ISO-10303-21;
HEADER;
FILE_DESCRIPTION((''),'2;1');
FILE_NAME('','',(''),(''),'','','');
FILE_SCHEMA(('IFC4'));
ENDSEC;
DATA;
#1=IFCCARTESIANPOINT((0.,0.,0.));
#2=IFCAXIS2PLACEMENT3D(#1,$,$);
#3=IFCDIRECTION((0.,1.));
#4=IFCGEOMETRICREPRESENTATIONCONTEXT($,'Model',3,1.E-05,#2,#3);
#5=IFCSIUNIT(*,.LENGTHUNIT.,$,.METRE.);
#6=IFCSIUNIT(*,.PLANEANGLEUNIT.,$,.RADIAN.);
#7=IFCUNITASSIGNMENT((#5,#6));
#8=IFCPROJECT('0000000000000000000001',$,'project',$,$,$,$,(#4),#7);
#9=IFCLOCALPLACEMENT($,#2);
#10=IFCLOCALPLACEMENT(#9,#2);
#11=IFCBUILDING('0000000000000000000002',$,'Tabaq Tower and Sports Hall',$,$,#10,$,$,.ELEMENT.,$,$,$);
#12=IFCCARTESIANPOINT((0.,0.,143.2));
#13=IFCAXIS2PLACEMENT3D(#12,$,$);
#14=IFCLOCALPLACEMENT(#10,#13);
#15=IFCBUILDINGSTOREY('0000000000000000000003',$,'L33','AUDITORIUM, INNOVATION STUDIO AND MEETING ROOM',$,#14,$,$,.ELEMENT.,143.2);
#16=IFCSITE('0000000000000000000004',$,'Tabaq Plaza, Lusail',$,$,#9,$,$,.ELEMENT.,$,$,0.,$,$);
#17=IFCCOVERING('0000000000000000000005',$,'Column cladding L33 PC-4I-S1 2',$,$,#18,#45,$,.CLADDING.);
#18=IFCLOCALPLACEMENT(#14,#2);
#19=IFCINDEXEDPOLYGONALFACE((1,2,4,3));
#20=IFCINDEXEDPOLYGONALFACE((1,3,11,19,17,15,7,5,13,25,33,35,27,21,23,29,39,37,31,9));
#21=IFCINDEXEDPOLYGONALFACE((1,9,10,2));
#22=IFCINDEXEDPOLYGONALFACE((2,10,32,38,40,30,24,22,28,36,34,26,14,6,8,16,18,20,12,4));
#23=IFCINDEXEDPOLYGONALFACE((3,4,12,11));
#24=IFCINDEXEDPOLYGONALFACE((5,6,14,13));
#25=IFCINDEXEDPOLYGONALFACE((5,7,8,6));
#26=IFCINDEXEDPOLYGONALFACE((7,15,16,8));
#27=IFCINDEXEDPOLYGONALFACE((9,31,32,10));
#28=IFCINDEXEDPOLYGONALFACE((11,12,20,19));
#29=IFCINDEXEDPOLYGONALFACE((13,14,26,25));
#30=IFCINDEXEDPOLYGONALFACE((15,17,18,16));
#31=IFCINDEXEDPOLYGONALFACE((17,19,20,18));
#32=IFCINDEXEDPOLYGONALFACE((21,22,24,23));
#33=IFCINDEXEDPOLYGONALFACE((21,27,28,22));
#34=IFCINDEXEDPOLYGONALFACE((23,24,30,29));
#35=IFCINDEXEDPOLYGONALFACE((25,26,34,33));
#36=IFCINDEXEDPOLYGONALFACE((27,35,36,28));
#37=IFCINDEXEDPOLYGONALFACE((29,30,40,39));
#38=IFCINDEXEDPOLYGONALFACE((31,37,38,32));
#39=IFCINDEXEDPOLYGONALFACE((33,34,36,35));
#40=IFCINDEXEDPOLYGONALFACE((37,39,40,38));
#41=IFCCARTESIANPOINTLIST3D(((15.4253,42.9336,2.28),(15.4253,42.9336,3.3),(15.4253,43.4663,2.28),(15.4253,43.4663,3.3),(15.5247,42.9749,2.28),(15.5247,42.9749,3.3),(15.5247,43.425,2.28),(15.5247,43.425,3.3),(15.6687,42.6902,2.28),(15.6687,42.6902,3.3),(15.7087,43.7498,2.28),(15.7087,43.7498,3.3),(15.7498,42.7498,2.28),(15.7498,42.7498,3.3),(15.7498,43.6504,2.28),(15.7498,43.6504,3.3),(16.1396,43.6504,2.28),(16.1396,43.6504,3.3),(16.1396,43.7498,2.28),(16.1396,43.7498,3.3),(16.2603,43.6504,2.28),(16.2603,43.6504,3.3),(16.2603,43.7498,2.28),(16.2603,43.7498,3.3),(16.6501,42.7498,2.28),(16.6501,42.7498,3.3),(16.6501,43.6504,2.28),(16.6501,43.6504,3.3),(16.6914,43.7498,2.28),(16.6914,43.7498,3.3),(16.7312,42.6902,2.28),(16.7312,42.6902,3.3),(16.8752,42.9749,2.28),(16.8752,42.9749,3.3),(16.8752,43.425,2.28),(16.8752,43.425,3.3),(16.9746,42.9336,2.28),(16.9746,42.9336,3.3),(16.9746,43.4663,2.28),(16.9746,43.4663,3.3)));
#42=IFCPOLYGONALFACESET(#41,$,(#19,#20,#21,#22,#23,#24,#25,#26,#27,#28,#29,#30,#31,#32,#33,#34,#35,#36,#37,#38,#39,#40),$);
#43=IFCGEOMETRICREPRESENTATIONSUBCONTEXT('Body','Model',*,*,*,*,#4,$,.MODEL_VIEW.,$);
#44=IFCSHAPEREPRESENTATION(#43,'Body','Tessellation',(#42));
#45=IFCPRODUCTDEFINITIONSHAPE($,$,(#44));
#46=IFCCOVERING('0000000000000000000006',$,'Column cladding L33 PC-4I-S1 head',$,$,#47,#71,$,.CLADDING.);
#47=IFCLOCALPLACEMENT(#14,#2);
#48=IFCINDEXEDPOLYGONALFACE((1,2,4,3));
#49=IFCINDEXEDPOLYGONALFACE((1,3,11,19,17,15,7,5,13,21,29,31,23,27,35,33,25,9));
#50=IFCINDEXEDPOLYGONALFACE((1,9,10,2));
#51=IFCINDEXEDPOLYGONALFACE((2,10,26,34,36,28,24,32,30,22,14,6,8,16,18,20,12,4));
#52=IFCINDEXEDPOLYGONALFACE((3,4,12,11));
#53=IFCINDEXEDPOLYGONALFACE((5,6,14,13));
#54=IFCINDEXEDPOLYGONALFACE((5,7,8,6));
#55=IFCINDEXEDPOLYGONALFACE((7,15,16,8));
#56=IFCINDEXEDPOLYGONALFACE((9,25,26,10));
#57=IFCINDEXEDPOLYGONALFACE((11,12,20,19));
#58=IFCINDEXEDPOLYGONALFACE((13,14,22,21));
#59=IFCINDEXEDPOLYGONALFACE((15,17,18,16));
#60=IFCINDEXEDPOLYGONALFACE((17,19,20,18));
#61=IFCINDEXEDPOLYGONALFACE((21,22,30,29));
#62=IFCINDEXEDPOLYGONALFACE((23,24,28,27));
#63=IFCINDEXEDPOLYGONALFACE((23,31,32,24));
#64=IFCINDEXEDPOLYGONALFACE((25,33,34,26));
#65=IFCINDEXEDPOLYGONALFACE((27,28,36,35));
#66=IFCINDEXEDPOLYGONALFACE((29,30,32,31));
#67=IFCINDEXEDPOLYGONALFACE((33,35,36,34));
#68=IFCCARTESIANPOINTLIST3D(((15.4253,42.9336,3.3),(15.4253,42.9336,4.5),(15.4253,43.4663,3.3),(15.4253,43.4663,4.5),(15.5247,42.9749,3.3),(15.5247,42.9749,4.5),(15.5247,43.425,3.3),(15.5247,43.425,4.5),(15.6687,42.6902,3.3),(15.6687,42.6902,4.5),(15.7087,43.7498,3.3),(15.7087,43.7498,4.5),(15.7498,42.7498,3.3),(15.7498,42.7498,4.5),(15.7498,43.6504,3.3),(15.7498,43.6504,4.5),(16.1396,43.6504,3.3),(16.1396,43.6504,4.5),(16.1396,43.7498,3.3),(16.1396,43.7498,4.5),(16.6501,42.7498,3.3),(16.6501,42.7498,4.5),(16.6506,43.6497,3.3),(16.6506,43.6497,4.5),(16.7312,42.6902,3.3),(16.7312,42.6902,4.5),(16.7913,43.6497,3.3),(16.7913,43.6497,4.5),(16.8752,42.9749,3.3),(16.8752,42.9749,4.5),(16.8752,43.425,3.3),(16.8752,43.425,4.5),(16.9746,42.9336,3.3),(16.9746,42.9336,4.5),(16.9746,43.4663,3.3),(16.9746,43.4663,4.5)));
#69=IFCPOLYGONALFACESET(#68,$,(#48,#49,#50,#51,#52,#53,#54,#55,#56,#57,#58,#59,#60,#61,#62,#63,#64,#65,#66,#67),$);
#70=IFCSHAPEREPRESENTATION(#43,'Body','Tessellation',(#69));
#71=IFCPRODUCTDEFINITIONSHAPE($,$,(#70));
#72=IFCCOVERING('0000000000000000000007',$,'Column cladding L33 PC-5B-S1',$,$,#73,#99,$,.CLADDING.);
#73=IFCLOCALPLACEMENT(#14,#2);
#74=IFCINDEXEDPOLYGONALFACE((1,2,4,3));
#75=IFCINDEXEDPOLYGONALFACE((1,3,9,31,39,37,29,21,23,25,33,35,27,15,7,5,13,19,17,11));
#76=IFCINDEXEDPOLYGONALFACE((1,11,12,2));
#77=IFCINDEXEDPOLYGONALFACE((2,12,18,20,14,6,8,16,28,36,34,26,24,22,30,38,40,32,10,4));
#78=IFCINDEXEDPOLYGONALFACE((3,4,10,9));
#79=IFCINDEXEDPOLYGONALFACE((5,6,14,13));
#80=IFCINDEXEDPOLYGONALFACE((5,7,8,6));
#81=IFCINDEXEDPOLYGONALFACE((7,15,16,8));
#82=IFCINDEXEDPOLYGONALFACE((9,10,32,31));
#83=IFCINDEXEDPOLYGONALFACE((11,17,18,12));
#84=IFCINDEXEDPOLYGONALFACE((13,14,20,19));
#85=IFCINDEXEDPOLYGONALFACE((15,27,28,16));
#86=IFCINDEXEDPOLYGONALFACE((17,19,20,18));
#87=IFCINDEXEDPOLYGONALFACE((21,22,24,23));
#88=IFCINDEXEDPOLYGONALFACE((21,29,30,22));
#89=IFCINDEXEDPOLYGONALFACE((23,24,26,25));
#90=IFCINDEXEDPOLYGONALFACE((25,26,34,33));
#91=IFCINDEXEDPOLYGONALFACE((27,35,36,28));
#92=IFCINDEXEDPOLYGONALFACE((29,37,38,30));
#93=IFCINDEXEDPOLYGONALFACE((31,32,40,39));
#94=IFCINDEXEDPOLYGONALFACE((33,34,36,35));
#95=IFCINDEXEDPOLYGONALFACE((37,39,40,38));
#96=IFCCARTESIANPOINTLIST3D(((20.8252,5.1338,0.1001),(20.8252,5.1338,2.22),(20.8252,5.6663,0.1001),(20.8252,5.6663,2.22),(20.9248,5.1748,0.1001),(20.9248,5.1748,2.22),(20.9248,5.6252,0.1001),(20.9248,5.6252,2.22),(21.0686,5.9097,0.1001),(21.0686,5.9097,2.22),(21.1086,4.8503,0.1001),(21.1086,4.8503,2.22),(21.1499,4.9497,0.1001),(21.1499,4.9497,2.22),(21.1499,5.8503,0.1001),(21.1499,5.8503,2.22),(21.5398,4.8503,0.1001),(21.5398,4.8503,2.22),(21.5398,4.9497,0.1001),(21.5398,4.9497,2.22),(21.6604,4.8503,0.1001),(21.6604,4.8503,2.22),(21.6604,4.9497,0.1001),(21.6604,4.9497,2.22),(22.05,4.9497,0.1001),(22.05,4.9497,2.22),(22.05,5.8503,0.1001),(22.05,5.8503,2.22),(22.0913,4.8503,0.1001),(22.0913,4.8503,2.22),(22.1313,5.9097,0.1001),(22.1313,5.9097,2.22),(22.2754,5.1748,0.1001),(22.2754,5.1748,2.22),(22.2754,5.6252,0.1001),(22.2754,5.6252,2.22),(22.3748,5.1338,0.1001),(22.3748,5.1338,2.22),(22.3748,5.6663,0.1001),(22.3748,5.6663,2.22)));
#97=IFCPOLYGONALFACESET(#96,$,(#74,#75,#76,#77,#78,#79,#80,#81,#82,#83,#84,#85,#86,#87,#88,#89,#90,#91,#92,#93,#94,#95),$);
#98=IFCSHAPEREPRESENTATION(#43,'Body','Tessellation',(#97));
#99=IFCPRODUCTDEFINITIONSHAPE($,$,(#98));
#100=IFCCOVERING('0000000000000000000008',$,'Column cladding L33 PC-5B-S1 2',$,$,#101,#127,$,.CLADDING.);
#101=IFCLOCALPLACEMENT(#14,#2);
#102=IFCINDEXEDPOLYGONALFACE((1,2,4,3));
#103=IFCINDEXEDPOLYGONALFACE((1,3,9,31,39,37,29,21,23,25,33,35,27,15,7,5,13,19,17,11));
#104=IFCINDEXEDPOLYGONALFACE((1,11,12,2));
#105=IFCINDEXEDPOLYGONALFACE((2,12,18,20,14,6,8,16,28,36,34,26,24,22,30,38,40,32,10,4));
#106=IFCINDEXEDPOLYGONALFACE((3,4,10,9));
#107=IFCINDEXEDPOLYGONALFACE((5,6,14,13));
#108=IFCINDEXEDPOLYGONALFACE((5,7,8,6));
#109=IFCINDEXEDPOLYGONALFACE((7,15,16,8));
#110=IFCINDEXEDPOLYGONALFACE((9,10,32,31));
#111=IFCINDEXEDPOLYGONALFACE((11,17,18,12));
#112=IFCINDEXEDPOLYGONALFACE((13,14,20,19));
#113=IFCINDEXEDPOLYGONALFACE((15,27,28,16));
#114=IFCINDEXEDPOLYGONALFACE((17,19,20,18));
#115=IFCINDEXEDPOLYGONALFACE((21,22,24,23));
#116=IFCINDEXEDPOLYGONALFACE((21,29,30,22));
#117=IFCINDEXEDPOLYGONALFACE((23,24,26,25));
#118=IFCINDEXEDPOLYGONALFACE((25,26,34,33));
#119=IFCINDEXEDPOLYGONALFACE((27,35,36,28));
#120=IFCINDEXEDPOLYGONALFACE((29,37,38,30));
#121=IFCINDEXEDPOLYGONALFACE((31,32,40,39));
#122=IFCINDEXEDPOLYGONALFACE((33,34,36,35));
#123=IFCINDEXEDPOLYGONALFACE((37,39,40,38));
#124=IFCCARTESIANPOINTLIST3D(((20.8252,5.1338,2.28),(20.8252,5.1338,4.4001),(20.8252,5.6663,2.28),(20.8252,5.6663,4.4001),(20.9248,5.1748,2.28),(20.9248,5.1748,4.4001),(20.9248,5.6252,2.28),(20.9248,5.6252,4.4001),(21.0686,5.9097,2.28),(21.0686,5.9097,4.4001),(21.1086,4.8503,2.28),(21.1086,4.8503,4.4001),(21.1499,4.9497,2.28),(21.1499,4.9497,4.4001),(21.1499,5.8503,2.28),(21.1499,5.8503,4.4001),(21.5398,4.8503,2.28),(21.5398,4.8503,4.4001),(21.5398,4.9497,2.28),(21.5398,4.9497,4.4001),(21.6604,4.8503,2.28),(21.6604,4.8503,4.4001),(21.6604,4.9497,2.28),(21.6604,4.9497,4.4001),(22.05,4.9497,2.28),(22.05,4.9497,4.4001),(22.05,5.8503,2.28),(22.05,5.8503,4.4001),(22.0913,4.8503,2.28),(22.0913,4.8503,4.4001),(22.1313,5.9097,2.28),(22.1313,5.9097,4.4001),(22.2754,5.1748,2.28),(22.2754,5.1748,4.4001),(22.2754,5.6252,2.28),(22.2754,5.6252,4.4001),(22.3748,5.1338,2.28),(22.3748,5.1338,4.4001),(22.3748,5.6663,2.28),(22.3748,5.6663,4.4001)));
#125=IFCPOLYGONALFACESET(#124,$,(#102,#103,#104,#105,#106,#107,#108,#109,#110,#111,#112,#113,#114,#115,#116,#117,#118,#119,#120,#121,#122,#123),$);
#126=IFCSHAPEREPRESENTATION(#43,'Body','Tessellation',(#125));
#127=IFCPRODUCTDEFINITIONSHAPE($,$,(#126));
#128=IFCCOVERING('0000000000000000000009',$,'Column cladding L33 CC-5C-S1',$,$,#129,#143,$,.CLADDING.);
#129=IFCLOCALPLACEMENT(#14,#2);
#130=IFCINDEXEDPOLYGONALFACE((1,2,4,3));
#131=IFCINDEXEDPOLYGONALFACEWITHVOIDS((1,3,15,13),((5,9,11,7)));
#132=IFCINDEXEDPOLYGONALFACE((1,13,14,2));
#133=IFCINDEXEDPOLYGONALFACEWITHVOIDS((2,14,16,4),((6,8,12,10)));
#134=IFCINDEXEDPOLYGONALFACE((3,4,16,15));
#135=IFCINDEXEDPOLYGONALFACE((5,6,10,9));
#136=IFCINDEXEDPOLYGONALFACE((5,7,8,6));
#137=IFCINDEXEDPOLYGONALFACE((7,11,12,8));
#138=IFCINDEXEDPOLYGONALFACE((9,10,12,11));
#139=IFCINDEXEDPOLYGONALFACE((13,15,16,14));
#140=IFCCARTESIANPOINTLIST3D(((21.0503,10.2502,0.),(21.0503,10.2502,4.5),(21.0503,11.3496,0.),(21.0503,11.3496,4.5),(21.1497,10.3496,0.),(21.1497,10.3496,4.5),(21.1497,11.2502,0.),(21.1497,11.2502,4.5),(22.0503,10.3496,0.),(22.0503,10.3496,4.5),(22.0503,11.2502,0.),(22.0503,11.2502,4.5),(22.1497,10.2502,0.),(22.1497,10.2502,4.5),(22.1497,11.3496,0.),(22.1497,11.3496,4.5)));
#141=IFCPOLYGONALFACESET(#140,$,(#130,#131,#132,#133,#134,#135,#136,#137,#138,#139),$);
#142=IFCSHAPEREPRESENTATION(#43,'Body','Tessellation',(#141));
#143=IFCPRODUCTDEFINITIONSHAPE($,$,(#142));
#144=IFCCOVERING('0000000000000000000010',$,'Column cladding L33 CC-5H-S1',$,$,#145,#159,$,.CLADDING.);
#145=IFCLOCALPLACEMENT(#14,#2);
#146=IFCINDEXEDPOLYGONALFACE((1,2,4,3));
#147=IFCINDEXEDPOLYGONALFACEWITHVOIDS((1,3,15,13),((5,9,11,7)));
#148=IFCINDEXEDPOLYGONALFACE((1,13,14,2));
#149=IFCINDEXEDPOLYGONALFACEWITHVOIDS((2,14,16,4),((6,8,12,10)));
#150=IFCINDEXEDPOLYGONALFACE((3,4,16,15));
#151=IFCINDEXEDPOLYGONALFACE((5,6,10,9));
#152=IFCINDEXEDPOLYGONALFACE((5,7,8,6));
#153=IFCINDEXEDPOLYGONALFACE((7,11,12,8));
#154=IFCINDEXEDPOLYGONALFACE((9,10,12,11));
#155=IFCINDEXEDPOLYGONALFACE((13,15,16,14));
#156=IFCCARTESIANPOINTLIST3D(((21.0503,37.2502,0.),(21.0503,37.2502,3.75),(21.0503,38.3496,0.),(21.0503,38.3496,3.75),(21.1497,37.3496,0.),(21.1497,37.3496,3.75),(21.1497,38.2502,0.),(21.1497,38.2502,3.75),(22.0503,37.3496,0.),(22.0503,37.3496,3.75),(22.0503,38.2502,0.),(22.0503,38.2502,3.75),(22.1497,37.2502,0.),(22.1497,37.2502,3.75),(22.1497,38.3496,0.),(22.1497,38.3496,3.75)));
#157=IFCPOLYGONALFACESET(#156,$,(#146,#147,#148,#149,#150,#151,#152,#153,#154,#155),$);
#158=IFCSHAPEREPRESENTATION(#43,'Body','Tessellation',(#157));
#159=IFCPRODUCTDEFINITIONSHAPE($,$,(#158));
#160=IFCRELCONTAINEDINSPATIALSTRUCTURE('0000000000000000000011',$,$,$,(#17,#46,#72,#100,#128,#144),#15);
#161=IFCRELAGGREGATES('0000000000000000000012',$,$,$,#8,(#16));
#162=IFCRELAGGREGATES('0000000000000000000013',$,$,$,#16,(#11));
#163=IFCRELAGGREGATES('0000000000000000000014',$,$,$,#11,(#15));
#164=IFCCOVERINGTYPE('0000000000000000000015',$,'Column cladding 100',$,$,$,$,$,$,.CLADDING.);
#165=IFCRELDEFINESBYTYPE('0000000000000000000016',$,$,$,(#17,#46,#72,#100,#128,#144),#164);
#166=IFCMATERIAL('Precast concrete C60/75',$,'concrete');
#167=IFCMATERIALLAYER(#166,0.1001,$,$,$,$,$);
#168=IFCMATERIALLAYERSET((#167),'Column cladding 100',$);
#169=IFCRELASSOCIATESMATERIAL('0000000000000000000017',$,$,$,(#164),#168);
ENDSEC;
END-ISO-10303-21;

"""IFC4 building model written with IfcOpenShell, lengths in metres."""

from ifc_helpers import new_model, si_unit, direction, frame, origin, place, context, subcontext, project, spatial, polyline, outline, extrude, material, layer, layer_set, type_object, element, save


model = new_model("IFC4")

# Units and contexts
model_context = context("Model", 3, precision=1e-05, world=origin(), true_north=direction((0.0, 1.0)))
body_context = subcontext(model_context, "Body", "Model", "MODEL_VIEW")
ifc_project = project(units=[si_unit("LENGTHUNIT", "METRE"), si_unit("PLANEANGLEUNIT", "RADIAN")], contexts=[model_context])

# Site, building, storey
site_placement = place(None, origin())
site = spatial("IfcSite", under=ifc_project, at=site_placement, Name="Tabaq Plaza, Lusail", CompositionType="ELEMENT", RefElevation=0.0)
building_placement = place(site_placement, origin())
building = spatial("IfcBuilding", under=site, at=building_placement, Name="Tabaq Tower and Sports Hall", CompositionType="ELEMENT")
storey_placement = place(building_placement, frame((0.0, 0.0, 143.2)))
storey = spatial("IfcBuildingStorey", under=building, at=storey_placement, Name="L33", Description="AUDITORIUM, INNOVATION STUDIO AND MEETING ROOM", CompositionType="ELEMENT", Elevation=143.2)

# Coverings
ifc_material_1 = material(Name="Precast concrete C60/75", Category="concrete")
ifc_layer_1 = layer(ifc_material_1, 0.1001)
ifc_layer_set_1 = layer_set([ifc_layer_1], Name="Column cladding 100")
covering_type = type_object("IfcCoveringType", Name="Column cladding 100", PredefinedType="CLADDING", material=ifc_layer_set_1)
covering_1_placement = place(storey_placement, frame((0.0, 0.0, 2.28)))
element("IfcCovering", 1, at=covering_1_placement, inside=storey, type_object=covering_type, Name="Column cladding L33 PC-4I-S1 2", PredefinedType="CLADDING", context=body_context, shape_type="SweptSolid", body=[
    extrude(outline(polyline([(15.4253, 43.4663), (15.7087, 43.7498), (16.1396, 43.7498), (16.1396, 43.6504), (15.7498, 43.6504), (15.5247, 43.425), (15.5247, 42.9749), (15.7498, 42.7498), (16.6501, 42.7498), (16.8752, 42.9749), (16.8752, 43.425), (16.6501, 43.6504), (16.2603, 43.6504), (16.2603, 43.7498), (16.6914, 43.7498), (16.9746, 43.4663), (16.9746, 42.9336), (16.7312, 42.6902), (15.6687, 42.6902), (15.4253, 42.9336), (15.4253, 43.4663)])), origin(), (0.0, 0.0, 1.0), 1.02),
])
covering_2_placement = place(storey_placement, frame((0.0, 0.0, 3.3)))
element("IfcCovering", 2, at=covering_2_placement, inside=storey, type_object=covering_type, Name="Column cladding L33 PC-4I-S1 head", PredefinedType="CLADDING", context=body_context, shape_type="SweptSolid", body=[
    extrude(outline(polyline([(15.7087, 43.7498), (16.1396, 43.7498), (16.1396, 43.6504), (15.7498, 43.6504), (15.5247, 43.425), (15.5247, 42.9749), (15.7498, 42.7498), (16.6501, 42.7498), (16.8752, 42.9749), (16.8752, 43.425), (16.6506, 43.6497), (16.7913, 43.6497), (16.9746, 43.4663), (16.9746, 42.9336), (16.7312, 42.6902), (15.6687, 42.6902), (15.4253, 42.9336), (15.4253, 43.4663), (15.7087, 43.7498)])), origin(), (0.0, 0.0, 1.0), 1.2),
])
covering_3_placement = place(storey_placement, frame((0.0, 0.0, 0.1001)))
element("IfcCovering", 3, at=covering_3_placement, inside=storey, type_object=covering_type, Name="Column cladding L33 PC-5B-S1", PredefinedType="CLADDING", context=body_context, shape_type="SweptSolid", body=[
    extrude(outline(polyline([(20.8252, 5.6663), (21.0686, 5.9097), (22.1313, 5.9097), (22.3748, 5.6663), (22.3748, 5.1338), (22.0913, 4.8503), (21.6604, 4.8503), (21.6604, 4.9497), (22.05, 4.9497), (22.2754, 5.1748), (22.2754, 5.6252), (22.05, 5.8503), (21.1499, 5.8503), (20.9248, 5.6252), (20.9248, 5.1748), (21.1499, 4.9497), (21.5398, 4.9497), (21.5398, 4.8503), (21.1086, 4.8503), (20.8252, 5.1338), (20.8252, 5.6663)])), origin(), (0.0, 0.0, 1.0), 2.1199),
])
covering_4_placement = place(storey_placement, frame((0.0, 0.0, 2.28)))
element("IfcCovering", 4, at=covering_4_placement, inside=storey, type_object=covering_type, Name="Column cladding L33 PC-5B-S1 2", PredefinedType="CLADDING", context=body_context, shape_type="SweptSolid", body=[
    extrude(outline(polyline([(20.8252, 5.6663), (21.0686, 5.9097), (22.1313, 5.9097), (22.3748, 5.6663), (22.3748, 5.1338), (22.0913, 4.8503), (21.6604, 4.8503), (21.6604, 4.9497), (22.05, 4.9497), (22.2754, 5.1748), (22.2754, 5.6252), (22.05, 5.8503), (21.1499, 5.8503), (20.9248, 5.6252), (20.9248, 5.1748), (21.1499, 4.9497), (21.5398, 4.9497), (21.5398, 4.8503), (21.1086, 4.8503), (20.8252, 5.1338), (20.8252, 5.6663)])), origin(), (0.0, 0.0, 1.0), 2.1201),
])
covering_5_placement = place(storey_placement, origin())
element("IfcCovering", 5, at=covering_5_placement, inside=storey, type_object=covering_type, Name="Column cladding L33 CC-5C-S1", PredefinedType="CLADDING", context=body_context, shape_type="SweptSolid", body=[
    extrude(outline(polyline([(21.0503, 11.3496), (22.1497, 11.3496), (22.1497, 10.2502), (21.0503, 10.2502), (21.0503, 11.3496)]), holes=[polyline([(22.0503, 10.3496), (22.0503, 11.2502), (21.1497, 11.2502), (21.1497, 10.3496), (22.0503, 10.3496)])]), origin(), (0.0, 0.0, 1.0), 4.5),
])
covering_6_placement = place(storey_placement, origin())
element("IfcCovering", 6, at=covering_6_placement, inside=storey, type_object=covering_type, Name="Column cladding L33 CC-5H-S1", PredefinedType="CLADDING", context=body_context, shape_type="SweptSolid", body=[
    extrude(outline(polyline([(21.0503, 38.3496), (22.1497, 38.3496), (22.1497, 37.2502), (21.0503, 37.2502), (21.0503, 38.3496)]), holes=[polyline([(22.0503, 37.3496), (22.0503, 38.2502), (21.1497, 38.2502), (21.1497, 37.3496), (22.0503, 37.3496)])]), origin(), (0.0, 0.0, 1.0), 3.75),
])

save(model, "model.ifc")
